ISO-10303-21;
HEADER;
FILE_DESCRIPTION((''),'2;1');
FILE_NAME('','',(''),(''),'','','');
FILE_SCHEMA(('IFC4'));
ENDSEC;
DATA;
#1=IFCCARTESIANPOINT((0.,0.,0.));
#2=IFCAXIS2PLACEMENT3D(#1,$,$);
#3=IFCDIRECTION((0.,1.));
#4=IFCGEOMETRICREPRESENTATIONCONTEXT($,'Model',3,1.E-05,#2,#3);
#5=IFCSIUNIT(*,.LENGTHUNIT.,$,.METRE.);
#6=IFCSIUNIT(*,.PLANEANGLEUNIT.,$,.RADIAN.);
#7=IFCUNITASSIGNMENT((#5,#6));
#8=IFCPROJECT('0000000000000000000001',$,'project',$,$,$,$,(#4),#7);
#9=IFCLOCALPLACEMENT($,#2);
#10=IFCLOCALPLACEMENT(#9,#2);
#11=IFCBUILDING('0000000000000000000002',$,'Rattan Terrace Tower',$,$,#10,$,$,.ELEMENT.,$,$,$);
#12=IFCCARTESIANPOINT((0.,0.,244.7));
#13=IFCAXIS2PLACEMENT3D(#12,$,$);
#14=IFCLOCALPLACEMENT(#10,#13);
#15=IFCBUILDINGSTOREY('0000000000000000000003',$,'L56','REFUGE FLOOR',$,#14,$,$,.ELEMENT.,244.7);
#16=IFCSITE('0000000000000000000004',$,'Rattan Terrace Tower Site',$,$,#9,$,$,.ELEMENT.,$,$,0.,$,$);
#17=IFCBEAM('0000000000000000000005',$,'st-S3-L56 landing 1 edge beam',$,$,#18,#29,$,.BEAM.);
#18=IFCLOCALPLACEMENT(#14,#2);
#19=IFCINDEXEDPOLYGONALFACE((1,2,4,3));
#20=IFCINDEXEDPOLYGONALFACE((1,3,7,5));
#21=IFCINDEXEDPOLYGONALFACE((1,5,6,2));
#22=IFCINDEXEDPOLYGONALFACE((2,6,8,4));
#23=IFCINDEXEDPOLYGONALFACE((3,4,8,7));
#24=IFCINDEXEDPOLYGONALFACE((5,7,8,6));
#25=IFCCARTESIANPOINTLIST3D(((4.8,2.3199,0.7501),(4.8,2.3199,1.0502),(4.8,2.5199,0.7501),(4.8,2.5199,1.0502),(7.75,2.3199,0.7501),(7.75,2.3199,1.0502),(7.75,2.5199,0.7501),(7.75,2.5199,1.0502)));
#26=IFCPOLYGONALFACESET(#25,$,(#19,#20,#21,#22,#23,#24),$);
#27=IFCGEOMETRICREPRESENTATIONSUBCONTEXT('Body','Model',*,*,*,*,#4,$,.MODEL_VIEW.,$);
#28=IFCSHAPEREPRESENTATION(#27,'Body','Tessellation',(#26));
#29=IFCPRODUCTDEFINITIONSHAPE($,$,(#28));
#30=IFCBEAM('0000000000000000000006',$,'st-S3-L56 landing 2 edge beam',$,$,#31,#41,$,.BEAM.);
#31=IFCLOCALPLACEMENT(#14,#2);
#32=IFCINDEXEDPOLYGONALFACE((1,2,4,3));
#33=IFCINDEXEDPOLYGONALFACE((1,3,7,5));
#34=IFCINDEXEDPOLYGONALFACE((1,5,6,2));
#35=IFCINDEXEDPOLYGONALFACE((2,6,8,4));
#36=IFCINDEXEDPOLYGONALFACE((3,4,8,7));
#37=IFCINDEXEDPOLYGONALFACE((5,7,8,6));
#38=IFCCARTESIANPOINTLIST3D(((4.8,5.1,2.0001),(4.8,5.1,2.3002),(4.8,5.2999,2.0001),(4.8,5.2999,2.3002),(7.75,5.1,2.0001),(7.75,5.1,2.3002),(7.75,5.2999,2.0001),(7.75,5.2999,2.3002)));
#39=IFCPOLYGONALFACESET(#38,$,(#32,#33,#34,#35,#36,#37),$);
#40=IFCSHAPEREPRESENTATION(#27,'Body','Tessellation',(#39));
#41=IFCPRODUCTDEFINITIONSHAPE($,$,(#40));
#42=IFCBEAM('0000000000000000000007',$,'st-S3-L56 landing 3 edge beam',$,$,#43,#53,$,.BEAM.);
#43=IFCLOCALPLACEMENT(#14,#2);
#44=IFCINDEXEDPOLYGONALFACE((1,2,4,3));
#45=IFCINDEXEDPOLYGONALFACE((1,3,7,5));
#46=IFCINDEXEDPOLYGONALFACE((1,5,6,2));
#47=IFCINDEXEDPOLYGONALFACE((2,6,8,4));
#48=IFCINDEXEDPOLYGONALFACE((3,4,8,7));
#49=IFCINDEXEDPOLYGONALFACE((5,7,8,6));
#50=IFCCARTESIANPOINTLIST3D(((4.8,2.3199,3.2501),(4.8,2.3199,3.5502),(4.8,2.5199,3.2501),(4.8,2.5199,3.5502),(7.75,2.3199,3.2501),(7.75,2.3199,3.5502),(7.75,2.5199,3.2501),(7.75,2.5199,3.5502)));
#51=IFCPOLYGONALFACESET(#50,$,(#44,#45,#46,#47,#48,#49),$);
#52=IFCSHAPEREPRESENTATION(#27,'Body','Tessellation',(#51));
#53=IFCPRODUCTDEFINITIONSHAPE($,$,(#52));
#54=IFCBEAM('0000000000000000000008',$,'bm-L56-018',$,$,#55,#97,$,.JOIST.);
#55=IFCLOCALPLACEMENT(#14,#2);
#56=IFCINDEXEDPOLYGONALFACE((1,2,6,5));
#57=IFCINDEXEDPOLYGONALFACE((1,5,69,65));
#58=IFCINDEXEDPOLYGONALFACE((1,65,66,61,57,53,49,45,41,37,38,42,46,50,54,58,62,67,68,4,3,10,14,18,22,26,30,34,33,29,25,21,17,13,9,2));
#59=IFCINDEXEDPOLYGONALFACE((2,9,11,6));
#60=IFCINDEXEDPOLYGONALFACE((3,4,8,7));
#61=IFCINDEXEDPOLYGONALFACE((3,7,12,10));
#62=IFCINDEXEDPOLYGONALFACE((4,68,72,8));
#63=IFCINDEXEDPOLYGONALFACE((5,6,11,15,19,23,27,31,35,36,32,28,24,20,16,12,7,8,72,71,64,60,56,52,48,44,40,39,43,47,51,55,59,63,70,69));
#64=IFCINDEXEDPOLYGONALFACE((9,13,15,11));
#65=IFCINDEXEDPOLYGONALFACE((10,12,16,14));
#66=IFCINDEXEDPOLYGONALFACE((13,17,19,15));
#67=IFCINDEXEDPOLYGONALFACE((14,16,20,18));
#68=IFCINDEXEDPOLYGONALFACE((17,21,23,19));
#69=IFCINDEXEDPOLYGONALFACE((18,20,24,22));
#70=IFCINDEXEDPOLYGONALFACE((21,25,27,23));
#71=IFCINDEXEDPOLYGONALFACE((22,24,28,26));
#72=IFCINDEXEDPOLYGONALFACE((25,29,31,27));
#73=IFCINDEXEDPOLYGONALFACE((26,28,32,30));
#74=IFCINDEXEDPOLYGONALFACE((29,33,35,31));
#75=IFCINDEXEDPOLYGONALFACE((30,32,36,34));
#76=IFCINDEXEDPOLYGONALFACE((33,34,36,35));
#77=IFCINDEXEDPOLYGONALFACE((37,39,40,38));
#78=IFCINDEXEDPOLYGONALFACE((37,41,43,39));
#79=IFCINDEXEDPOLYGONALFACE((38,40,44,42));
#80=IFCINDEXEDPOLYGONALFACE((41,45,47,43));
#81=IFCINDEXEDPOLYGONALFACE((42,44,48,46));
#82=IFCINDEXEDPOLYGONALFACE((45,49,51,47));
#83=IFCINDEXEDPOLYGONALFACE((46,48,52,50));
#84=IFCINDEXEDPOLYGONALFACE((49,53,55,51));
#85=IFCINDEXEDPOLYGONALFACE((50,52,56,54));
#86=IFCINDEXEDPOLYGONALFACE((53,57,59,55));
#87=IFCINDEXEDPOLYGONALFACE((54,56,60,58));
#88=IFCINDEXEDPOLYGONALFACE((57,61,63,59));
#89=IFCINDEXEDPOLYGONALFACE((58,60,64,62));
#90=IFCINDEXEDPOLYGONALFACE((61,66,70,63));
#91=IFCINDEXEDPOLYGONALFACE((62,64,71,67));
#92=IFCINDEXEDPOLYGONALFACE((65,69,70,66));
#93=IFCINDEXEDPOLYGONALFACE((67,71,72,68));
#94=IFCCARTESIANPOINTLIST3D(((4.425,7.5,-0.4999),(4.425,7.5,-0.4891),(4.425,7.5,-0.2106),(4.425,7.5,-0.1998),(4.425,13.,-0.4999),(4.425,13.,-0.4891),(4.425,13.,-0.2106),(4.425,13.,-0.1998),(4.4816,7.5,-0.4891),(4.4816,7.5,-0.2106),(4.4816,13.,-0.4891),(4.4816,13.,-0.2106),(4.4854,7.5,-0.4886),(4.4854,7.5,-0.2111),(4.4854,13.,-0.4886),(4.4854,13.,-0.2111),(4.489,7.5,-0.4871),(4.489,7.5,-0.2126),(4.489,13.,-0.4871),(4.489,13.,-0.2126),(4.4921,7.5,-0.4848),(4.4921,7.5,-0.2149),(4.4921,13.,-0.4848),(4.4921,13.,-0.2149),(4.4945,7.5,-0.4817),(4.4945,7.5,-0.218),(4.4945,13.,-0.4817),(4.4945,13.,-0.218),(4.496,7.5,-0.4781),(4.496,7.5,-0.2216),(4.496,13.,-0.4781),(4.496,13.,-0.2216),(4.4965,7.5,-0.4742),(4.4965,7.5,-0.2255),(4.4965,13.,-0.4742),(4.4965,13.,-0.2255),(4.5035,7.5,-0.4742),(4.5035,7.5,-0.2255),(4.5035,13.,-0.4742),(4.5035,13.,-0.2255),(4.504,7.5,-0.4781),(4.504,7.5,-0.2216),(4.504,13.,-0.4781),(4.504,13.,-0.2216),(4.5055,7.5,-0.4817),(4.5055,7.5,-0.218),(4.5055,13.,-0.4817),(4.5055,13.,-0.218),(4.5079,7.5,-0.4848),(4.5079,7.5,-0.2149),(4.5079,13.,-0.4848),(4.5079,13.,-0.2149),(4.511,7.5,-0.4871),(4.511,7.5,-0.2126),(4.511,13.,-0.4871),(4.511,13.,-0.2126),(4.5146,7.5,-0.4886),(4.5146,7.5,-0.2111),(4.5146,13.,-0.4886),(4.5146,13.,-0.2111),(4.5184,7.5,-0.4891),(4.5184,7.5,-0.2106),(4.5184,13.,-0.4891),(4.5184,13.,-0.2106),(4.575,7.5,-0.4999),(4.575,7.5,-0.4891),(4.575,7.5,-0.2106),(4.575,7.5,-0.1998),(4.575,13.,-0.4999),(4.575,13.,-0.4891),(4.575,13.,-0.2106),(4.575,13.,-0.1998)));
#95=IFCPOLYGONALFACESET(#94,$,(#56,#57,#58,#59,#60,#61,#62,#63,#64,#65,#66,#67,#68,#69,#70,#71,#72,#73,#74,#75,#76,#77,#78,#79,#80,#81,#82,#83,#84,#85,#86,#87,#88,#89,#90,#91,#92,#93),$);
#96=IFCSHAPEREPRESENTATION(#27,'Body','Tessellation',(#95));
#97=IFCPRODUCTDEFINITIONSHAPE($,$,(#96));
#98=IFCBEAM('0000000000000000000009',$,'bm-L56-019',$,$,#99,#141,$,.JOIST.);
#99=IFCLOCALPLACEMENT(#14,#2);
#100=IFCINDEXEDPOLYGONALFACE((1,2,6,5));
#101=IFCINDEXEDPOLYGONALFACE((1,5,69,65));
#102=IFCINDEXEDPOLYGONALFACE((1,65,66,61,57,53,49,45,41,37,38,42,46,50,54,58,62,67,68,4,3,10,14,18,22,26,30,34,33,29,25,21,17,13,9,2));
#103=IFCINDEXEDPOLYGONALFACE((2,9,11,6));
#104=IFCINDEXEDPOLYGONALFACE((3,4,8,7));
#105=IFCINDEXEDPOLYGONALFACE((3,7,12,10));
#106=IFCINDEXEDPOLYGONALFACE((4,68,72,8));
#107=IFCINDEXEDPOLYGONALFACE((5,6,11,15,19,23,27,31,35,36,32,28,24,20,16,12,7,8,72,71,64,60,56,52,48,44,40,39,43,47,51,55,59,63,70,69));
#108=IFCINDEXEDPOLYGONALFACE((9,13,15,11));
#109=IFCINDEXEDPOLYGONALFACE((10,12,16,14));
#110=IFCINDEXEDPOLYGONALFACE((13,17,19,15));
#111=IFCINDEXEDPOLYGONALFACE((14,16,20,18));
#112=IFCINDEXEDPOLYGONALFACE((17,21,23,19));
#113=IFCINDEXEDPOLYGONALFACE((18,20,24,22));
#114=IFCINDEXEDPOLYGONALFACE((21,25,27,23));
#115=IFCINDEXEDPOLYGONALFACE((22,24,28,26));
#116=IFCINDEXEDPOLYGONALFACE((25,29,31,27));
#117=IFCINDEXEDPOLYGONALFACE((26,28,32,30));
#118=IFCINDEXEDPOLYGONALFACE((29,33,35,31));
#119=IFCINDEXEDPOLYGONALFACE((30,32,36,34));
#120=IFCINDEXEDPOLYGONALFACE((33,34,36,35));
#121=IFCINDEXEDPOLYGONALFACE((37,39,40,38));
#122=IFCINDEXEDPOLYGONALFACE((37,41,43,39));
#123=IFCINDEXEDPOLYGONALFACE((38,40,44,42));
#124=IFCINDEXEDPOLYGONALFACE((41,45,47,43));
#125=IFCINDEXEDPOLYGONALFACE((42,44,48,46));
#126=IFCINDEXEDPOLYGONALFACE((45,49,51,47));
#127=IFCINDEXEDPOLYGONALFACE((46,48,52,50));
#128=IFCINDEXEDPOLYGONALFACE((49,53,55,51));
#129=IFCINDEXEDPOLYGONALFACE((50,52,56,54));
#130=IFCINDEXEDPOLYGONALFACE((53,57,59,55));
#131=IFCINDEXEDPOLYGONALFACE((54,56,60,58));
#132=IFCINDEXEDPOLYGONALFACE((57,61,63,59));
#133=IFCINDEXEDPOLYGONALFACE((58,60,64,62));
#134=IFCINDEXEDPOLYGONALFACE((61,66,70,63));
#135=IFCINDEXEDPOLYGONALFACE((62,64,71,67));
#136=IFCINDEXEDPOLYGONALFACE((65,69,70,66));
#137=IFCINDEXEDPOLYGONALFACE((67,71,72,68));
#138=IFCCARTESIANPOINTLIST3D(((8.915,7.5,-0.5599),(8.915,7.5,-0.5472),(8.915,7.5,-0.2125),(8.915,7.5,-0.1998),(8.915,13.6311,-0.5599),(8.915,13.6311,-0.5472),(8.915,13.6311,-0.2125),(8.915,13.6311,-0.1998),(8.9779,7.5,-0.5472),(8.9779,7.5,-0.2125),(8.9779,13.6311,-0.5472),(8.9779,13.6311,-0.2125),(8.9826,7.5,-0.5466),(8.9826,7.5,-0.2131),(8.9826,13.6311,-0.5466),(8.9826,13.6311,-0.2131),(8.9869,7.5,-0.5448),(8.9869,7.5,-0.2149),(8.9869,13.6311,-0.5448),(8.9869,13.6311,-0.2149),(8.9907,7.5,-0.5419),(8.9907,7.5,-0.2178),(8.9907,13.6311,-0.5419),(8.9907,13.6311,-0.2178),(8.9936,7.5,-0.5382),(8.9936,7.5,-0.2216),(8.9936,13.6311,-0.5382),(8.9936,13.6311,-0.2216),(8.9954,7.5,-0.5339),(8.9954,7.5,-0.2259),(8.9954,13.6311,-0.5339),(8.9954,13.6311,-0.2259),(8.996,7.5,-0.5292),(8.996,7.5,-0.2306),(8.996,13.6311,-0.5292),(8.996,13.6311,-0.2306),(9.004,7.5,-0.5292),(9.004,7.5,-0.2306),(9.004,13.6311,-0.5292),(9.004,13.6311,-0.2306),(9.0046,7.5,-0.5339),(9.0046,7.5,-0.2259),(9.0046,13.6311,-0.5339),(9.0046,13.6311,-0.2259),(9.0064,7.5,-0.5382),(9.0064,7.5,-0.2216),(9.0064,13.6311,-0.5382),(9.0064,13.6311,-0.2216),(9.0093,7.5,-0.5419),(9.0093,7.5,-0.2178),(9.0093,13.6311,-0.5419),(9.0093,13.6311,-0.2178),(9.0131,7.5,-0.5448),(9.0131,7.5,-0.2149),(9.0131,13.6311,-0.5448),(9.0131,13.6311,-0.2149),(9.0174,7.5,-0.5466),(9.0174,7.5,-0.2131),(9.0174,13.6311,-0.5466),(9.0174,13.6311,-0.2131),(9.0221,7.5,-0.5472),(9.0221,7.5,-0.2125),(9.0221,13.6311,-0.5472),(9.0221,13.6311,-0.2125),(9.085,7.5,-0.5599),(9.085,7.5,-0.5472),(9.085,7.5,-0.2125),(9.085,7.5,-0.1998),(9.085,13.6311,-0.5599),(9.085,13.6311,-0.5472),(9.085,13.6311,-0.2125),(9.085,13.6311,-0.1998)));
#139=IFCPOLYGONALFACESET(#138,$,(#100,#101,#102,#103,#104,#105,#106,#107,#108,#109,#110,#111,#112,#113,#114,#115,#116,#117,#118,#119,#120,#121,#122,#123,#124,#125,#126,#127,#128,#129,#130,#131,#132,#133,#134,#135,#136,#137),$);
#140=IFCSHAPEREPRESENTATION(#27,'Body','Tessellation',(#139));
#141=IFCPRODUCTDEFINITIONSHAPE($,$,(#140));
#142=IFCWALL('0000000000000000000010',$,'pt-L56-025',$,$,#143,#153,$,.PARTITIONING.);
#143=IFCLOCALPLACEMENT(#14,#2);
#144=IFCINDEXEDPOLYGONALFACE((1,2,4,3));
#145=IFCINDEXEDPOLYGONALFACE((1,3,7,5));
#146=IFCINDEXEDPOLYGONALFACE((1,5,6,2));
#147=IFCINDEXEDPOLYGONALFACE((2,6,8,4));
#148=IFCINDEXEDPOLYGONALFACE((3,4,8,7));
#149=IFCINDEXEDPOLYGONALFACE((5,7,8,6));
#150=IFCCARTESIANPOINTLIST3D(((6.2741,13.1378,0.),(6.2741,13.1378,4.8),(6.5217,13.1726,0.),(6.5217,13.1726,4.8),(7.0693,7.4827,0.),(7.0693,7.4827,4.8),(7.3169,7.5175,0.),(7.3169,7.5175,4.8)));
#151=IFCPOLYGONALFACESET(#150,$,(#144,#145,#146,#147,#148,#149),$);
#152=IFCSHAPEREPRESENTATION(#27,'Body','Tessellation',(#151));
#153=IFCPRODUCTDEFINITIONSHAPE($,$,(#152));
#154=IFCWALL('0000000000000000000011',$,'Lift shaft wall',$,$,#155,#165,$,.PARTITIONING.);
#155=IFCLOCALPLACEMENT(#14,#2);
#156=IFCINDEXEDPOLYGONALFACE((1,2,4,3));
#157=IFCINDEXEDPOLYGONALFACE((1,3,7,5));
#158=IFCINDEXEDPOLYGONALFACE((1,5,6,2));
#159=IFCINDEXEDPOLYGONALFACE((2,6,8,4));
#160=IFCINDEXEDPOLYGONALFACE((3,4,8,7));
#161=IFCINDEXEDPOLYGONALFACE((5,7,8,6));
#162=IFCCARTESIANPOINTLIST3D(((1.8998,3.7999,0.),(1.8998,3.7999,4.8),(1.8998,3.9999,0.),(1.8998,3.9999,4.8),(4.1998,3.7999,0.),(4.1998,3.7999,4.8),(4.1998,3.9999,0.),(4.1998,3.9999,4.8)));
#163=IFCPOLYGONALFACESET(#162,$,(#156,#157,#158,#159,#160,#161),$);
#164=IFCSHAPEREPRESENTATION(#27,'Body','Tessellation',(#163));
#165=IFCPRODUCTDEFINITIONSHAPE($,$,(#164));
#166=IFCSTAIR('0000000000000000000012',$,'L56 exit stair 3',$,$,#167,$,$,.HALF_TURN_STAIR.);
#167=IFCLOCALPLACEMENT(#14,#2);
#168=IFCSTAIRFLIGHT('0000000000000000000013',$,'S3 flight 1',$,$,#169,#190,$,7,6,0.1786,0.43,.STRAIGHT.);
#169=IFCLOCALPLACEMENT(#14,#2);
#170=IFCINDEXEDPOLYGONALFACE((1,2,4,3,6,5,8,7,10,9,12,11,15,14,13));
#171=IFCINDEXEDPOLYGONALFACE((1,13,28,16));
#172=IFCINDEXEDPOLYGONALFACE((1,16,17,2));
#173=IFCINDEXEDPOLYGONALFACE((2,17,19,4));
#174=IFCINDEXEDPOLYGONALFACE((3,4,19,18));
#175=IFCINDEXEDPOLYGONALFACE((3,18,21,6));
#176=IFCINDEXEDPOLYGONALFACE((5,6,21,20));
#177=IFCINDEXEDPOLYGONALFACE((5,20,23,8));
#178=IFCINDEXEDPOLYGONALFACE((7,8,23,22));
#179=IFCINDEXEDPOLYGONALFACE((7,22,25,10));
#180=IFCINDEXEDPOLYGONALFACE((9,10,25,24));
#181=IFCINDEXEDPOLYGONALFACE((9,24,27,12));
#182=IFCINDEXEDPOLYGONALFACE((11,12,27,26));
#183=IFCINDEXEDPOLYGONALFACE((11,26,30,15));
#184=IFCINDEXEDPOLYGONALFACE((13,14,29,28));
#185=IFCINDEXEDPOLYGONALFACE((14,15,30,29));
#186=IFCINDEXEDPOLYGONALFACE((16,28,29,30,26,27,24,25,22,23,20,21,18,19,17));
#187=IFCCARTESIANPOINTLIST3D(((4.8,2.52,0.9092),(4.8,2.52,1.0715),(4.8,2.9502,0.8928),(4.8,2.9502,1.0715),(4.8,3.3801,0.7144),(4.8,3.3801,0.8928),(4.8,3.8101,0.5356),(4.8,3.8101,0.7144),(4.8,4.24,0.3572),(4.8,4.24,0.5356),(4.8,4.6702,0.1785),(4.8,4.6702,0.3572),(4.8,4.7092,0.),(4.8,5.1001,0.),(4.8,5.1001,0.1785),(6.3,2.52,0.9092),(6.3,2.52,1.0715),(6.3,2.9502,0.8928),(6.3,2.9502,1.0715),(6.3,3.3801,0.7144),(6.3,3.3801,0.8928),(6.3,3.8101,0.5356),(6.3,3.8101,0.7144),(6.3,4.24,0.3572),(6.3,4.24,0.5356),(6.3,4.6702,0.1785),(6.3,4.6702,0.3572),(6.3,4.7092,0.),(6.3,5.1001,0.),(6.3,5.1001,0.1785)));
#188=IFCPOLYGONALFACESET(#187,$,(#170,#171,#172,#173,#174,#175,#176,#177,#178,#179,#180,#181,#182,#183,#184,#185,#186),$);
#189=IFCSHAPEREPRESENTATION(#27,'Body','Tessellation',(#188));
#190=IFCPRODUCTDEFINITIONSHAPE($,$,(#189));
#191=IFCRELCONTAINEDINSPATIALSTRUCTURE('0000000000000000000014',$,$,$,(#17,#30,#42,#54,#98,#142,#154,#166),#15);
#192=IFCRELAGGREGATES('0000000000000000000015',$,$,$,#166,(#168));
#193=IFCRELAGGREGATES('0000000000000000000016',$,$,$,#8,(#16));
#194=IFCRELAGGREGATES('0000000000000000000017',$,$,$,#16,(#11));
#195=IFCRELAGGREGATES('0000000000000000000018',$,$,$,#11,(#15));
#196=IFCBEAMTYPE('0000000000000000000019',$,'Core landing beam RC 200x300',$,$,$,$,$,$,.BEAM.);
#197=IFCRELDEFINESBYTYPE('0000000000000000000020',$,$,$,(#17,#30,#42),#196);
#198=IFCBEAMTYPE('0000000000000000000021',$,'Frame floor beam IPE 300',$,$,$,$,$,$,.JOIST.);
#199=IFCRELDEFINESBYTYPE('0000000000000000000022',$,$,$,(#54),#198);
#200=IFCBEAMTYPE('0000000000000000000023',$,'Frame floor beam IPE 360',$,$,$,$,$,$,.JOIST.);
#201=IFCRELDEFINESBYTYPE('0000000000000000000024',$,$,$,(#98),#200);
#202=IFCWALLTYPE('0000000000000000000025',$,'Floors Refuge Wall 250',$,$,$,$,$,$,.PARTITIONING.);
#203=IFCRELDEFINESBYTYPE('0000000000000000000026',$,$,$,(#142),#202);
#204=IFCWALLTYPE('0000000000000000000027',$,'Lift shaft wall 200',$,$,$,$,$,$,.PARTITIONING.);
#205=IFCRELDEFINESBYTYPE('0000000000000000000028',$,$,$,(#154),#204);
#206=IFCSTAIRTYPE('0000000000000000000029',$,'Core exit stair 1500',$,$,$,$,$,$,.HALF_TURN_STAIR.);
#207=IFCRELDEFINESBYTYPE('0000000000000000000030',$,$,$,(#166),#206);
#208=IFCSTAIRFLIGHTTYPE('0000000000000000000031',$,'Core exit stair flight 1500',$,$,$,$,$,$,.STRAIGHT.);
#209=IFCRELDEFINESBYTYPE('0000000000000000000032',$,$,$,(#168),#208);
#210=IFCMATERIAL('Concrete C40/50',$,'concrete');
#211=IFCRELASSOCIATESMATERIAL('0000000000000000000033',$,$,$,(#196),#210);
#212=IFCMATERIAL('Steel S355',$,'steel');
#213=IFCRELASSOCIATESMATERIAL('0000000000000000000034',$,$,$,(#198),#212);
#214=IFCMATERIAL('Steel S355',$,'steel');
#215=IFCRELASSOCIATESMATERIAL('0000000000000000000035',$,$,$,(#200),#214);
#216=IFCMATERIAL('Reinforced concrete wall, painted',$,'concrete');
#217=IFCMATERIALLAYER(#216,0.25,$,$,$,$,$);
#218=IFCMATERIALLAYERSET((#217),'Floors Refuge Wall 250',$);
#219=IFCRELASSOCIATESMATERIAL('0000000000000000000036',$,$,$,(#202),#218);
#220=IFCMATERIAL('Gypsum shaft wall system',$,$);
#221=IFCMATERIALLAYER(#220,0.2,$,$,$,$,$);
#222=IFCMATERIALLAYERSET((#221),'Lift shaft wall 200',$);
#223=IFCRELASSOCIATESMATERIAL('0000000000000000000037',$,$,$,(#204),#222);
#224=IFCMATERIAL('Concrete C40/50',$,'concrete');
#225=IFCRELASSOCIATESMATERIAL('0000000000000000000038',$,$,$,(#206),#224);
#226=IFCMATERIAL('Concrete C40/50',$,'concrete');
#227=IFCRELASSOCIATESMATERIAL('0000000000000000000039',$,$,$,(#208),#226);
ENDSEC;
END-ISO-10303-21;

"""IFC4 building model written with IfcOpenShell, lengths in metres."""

from ifc_helpers import new_model, si_unit, direction, frame, frame_2d, origin, origin_2d, place, context, subcontext, project, spatial, polyline, rectangle, i_section, outline, extrude, material, layer, layer_set, material_profile, profile_set, type_object, element, aggregate, save


model = new_model("IFC4")

# Units and contexts
model_context = context("Model", 3, precision=1e-05, world=origin(), true_north=direction((0.0, 1.0)))
body_context = subcontext(model_context, "Body", "Model", "MODEL_VIEW")
ifc_project = project(units=[si_unit("LENGTHUNIT", "METRE"), si_unit("PLANEANGLEUNIT", "RADIAN")], contexts=[model_context])

# Site, building, storey
site_placement = place(None, origin())
site = spatial("IfcSite", under=ifc_project, at=site_placement, Name="Rattan Terrace Tower Site", CompositionType="ELEMENT", RefElevation=0.0)
building_placement = place(site_placement, origin())
building = spatial("IfcBuilding", under=site, at=building_placement, Name="Rattan Terrace Tower", CompositionType="ELEMENT")
storey_placement = place(building_placement, frame((0.0, 0.0, 244.7)))
storey = spatial("IfcBuildingStorey", under=building, at=storey_placement, Name="L56", Description="REFUGE FLOOR", CompositionType="ELEMENT", Elevation=244.7)

# Beams
ifc_material_1 = material(Name="Concrete C40/50", Category="concrete")
ifc_material_profile_1 = material_profile(ifc_material_1, rectangle(XDim=0.2, YDim=0.3, at=origin_2d()), Name="RC 200x300")
ifc_profile_set_1 = profile_set([ifc_material_profile_1], Name="Concrete C40/50")
beam_type_1 = type_object("IfcBeamType", Name="Core landing beam RC 200x300", PredefinedType="BEAM", material=ifc_profile_set_1)
for number, where, z_axis, x_axis, name in (
    (1, (4.8, 2.4199, 0.9001), (1.0, 0.0, 0.0), (0.0, 1.0, 0.0), "st-S3-L56 landing 1 edge beam"),
    (2, (4.8, 5.2, 2.1501), (1.0, 0.0, 0.0), (0.0, 1.0, 0.0), "st-S3-L56 landing 2 edge beam"),
    (3, (4.8, 2.4199, 3.4001), (1.0, 0.0, 0.0), (0.0, 1.0, 0.0), "st-S3-L56 landing 3 edge beam"),
):
    element("IfcBeam", number, at=place(storey_placement, frame(where, z_axis=z_axis, x_axis=x_axis)), inside=storey, type_object=beam_type_1, Name=name, PredefinedType="BEAM", context=body_context, shape_type="SweptSolid", body=[
        extrude(rectangle(XDim=0.2, YDim=0.3, at=origin_2d()), origin(), (0.0, 0.0, 1.0), 2.95),
    ])
ifc_material_2 = material(Name="Steel S355", Category="steel")
ifc_material_profile_2 = material_profile(ifc_material_2, i_section(OverallWidth=0.1499, OverallDepth=0.3, WebThickness=0.0071, FlangeThickness=0.0107, FilletRadius=0.0149, at=origin_2d()), Name="IPE 300")
ifc_profile_set_2 = profile_set([ifc_material_profile_2], Name="Steel S355")
beam_type_2 = type_object("IfcBeamType", Name="Frame floor beam IPE 300", PredefinedType="JOIST", material=ifc_profile_set_2)
beam_1_placement = place(storey_placement, frame((4.5, 7.5, -0.3499), z_axis=(0.0, 1.0, 0.0), x_axis=(-1.0, 0.0, 0.0)))
element("IfcBeam", 4, at=beam_1_placement, inside=storey, type_object=beam_type_2, Name="bm-L56-018", PredefinedType="JOIST", context=body_context, shape_type="SweptSolid", body=[
    extrude(i_section(OverallWidth=0.1499, OverallDepth=0.3, WebThickness=0.0071, FlangeThickness=0.0107, FilletRadius=0.0149, at=origin_2d()), origin(), (0.0, 0.0, 1.0), 5.5),
])
ifc_material_3 = material(Name="Steel S355", Category="steel")
ifc_material_profile_3 = material_profile(ifc_material_3, i_section(OverallWidth=0.1699, OverallDepth=0.3601, WebThickness=0.0081, FlangeThickness=0.0127, FilletRadius=0.0181, at=origin_2d()), Name="IPE 360")
ifc_profile_set_3 = profile_set([ifc_material_profile_3], Name="Steel S355")
beam_type_3 = type_object("IfcBeamType", Name="Frame floor beam IPE 360", PredefinedType="JOIST", material=ifc_profile_set_3)
beam_2_placement = place(storey_placement, frame((9.0, 7.5, -0.3799), z_axis=(0.0, 1.0, 0.0), x_axis=(-1.0, 0.0, 0.0)))
element("IfcBeam", 5, at=beam_2_placement, inside=storey, type_object=beam_type_3, Name="bm-L56-019", PredefinedType="JOIST", context=body_context, shape_type="SweptSolid", body=[
    extrude(i_section(OverallWidth=0.1699, OverallDepth=0.3601, WebThickness=0.0081, FlangeThickness=0.0127, FilletRadius=0.0181, at=origin_2d()), origin(), (0.0, 0.0, 1.0), 6.1311),
])

# Walls
ifc_material_4 = material(Name="Reinforced concrete wall, painted", Category="concrete")
ifc_layer_1 = layer(ifc_material_4, 0.25)
ifc_layer_set_1 = layer_set([ifc_layer_1], Name="Floors Refuge Wall 250")
wall_type_1 = type_object("IfcWallType", Name="Floors Refuge Wall 250", PredefinedType="PARTITIONING", material=ifc_layer_set_1)
wall_1_placement = place(storey_placement, frame((7.1931, 7.5, 0.0), z_axis=(0.0, 0.0, 1.0), x_axis=(-0.139242, 0.990258, 0.0)))
element("IfcWall", 6, at=wall_1_placement, inside=storey, type_object=wall_type_1, Name="pt-L56-025", PredefinedType="PARTITIONING", context=body_context, shape_type="SweptSolid", body=[
    extrude(rectangle(XDim=5.7107, YDim=0.25, at=frame_2d((2.8555, 0.0))), origin(), (0.0, 0.0, 1.0), 4.8),
])
ifc_material_5 = material(Name="Gypsum shaft wall system")
ifc_layer_2 = layer(ifc_material_5, 0.2)
ifc_layer_set_2 = layer_set([ifc_layer_2], Name="Lift shaft wall 200")
wall_type_2 = type_object("IfcWallType", Name="Lift shaft wall 200", PredefinedType="PARTITIONING", material=ifc_layer_set_2)
wall_2_placement = place(storey_placement, frame((1.8999, 3.8999, 0.0), z_axis=(0.0, 0.0, 1.0), x_axis=(1.0, 0.0, 0.0)))
element("IfcWall", 7, at=wall_2_placement, inside=storey, type_object=wall_type_2, Name="Lift shaft wall", PredefinedType="PARTITIONING", context=body_context, shape_type="SweptSolid", body=[
    extrude(rectangle(XDim=2.3, YDim=0.2, at=frame_2d((1.1499, 0.0))), origin(), (0.0, 0.0, 1.0), 4.8),
])

# Stair, stair flight
ifc_material_6 = material(Name="Concrete C40/50", Category="concrete")
stair_type = type_object("IfcStairType", Name="Core exit stair 1500", PredefinedType="HALF_TURN_STAIR", material=ifc_material_6)
stair_placement = place(storey_placement, origin())
stair = element("IfcStair", 8, at=stair_placement, inside=storey, type_object=stair_type, Name="L56 exit stair 3", PredefinedType="HALF_TURN_STAIR")
ifc_material_7 = material(Name="Concrete C40/50", Category="concrete")
stair_flight_type = type_object("IfcStairFlightType", Name="Core exit stair flight 1500", PredefinedType="STRAIGHT", material=ifc_material_7)
stair_flight_1_placement = place(storey_placement, frame((5.55, 5.1001, 0.0), z_axis=(0.0, 0.0, 1.0), x_axis=(0.0, -1.0, 0.0)))
stair_flight_1 = element("IfcStairFlight", 9, at=stair_flight_1_placement, type_object=stair_flight_type, Name="S3 flight 1", NumberOfRisers=7, NumberOfTreads=6, PredefinedType="STRAIGHT", RiserHeight=0.1786, TreadLength=0.43, context=body_context, shape_type="SweptSolid", body=[
    extrude(outline(polyline([(0.0, 0.0), (0.0, 0.1785), (0.4299, 0.1785), (0.4299, 0.3572), (0.8601, 0.3572), (0.8601, 0.5356), (1.29, 0.5356), (1.29, 0.7144), (1.72, 0.7144), (1.72, 0.8928), (2.1499, 0.8928), (2.1499, 1.0715), (2.5801, 1.0715), (2.5801, 1.25), (2.5801, 0.9092), (0.3909, 0.0), (0.0, 0.0)])), frame((0.0, 0.75, 0.0), z_axis=(0.0, -1.0, 0.0), x_axis=(1.0, 0.0, 0.0)), (0.0, 0.0, 1.0), 1.5),
])
aggregate(stair, [stair_flight_1])

save(model, "model.ifc")
